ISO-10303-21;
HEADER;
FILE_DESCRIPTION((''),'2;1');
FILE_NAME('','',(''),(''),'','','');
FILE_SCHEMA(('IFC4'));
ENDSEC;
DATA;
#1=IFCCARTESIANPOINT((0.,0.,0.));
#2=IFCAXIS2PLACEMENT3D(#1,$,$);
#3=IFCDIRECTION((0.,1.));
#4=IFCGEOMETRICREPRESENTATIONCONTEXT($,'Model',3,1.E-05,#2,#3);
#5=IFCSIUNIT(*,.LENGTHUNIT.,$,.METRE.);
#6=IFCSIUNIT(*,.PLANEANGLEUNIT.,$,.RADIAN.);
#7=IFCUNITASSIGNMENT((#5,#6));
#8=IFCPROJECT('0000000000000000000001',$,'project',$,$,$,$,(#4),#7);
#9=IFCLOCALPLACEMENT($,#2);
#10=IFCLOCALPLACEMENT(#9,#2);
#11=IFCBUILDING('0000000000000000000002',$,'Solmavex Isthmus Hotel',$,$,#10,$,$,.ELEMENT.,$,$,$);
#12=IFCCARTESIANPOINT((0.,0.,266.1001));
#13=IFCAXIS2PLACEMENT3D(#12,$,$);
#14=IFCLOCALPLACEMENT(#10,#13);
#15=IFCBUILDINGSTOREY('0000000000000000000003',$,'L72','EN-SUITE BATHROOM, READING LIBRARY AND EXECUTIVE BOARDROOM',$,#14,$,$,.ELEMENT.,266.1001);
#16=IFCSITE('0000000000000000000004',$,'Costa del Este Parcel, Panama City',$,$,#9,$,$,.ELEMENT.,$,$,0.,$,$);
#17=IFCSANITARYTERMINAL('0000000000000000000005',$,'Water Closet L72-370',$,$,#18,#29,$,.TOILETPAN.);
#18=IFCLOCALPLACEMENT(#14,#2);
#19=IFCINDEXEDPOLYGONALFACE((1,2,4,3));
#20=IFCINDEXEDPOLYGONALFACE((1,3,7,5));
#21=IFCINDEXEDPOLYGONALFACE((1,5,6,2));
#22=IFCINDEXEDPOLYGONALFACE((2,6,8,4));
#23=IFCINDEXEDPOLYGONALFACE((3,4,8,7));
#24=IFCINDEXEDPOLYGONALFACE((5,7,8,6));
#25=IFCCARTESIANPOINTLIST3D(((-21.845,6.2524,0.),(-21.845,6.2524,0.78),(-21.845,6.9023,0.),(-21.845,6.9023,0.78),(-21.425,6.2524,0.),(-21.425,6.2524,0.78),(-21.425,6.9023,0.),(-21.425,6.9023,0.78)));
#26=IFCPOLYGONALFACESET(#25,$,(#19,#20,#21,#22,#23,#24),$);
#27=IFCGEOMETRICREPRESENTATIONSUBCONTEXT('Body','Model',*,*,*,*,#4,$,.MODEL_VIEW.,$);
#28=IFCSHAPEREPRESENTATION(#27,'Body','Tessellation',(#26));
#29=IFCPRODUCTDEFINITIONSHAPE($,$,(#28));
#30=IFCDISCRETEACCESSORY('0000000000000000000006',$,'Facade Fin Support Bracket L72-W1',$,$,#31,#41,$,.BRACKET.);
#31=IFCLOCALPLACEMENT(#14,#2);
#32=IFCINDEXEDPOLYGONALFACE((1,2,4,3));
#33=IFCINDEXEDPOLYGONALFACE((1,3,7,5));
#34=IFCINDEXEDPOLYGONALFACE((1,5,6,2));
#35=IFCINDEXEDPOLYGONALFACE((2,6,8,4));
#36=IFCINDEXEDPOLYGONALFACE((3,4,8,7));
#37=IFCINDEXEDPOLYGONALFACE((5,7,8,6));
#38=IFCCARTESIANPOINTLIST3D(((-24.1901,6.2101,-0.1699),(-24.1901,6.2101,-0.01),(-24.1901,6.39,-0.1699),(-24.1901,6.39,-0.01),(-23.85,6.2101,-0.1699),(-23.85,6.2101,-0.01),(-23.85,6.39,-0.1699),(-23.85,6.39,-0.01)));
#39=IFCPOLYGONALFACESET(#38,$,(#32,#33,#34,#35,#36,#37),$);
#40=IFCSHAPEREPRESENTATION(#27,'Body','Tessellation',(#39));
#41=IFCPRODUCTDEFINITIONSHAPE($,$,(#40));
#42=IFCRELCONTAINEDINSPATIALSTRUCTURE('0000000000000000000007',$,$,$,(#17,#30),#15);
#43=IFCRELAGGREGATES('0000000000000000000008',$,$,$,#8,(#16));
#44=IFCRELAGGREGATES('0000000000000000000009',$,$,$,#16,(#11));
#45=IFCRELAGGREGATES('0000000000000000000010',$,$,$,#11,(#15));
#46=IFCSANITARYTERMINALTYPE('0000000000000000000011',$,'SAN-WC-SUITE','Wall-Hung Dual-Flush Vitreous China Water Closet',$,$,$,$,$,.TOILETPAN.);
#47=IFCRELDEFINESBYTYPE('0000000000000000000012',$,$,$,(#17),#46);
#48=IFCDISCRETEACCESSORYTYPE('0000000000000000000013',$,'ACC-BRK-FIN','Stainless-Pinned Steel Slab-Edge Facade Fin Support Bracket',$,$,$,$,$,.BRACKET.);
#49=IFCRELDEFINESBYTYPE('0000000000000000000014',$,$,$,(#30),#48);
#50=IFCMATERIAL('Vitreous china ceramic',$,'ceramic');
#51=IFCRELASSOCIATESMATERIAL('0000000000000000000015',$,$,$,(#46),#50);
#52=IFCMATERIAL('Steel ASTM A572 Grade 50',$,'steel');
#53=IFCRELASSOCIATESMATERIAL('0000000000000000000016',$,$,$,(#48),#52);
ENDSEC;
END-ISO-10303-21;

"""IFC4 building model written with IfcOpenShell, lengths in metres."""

from ifc_helpers import new_model, si_unit, direction, frame, origin, origin_2d, place, context, subcontext, project, spatial, rectangle, extrude, material, type_object, element, save


model = new_model("IFC4")

# Units and contexts
model_context = context("Model", 3, precision=1e-05, world=origin(), true_north=direction((0.0, 1.0)))
body_context = subcontext(model_context, "Body", "Model", "MODEL_VIEW")
ifc_project = project(units=[si_unit("LENGTHUNIT", "METRE"), si_unit("PLANEANGLEUNIT", "RADIAN")], contexts=[model_context])

# Site, building, storey
site_placement = place(None, origin())
site = spatial("IfcSite", under=ifc_project, at=site_placement, Name="Costa del Este Parcel, Panama City", CompositionType="ELEMENT", RefElevation=0.0)
building_placement = place(site_placement, origin())
building = spatial("IfcBuilding", under=site, at=building_placement, Name="Solmavex Isthmus Hotel", CompositionType="ELEMENT")
storey_placement = place(building_placement, frame((0.0, 0.0, 266.1001)))
storey = spatial("IfcBuildingStorey", under=building, at=storey_placement, Name="L72", Description="EN-SUITE BATHROOM, READING LIBRARY AND EXECUTIVE BOARDROOM", CompositionType="ELEMENT", Elevation=266.1001)

# Sanitary terminal
ifc_material_1 = material(Name="Vitreous china ceramic", Category="ceramic")
sanitary_terminal_type_1 = type_object("IfcSanitaryTerminalType", Name="SAN-WC-SUITE", Description="Wall-Hung Dual-Flush Vitreous China Water Closet", PredefinedType="TOILETPAN", material=ifc_material_1)
sanitary_terminal_1_placement = place(storey_placement, frame((-21.635, 6.5774, 0.0), z_axis=(0.0, 0.0, 1.0), x_axis=(1.0, 0.0, 0.0)))
element("IfcSanitaryTerminal", 1, at=sanitary_terminal_1_placement, inside=storey, type_object=sanitary_terminal_type_1, Name="Water Closet L72-370", PredefinedType="TOILETPAN", context=body_context, shape_type="SweptSolid", body=[
    extrude(rectangle(XDim=0.4199, YDim=0.6499, at=origin_2d()), origin(), (0.0, 0.0, 1.0), 0.78),
])

# Discrete accessory
ifc_material_2 = material(Name="Steel ASTM A572 Grade 50", Category="steel")
discrete_accessory_type = type_object("IfcDiscreteAccessoryType", Name="ACC-BRK-FIN", Description="Stainless-Pinned Steel Slab-Edge Facade Fin Support Bracket", PredefinedType="BRACKET", material=ifc_material_2)
discrete_accessory_placement = place(storey_placement, frame((-24.02, 6.3, -0.1699), z_axis=(0.0, 0.0, 1.0), x_axis=(-1.0, 0.0, 0.0)))
element("IfcDiscreteAccessory", 2, at=discrete_accessory_placement, inside=storey, type_object=discrete_accessory_type, Name="Facade Fin Support Bracket L72-W1", PredefinedType="BRACKET", context=body_context, shape_type="SweptSolid", body=[
    extrude(rectangle(XDim=0.3401, YDim=0.1799, at=origin_2d()), origin(), (0.0, 0.0, 1.0), 0.1599),
])

save(model, "model.ifc")
